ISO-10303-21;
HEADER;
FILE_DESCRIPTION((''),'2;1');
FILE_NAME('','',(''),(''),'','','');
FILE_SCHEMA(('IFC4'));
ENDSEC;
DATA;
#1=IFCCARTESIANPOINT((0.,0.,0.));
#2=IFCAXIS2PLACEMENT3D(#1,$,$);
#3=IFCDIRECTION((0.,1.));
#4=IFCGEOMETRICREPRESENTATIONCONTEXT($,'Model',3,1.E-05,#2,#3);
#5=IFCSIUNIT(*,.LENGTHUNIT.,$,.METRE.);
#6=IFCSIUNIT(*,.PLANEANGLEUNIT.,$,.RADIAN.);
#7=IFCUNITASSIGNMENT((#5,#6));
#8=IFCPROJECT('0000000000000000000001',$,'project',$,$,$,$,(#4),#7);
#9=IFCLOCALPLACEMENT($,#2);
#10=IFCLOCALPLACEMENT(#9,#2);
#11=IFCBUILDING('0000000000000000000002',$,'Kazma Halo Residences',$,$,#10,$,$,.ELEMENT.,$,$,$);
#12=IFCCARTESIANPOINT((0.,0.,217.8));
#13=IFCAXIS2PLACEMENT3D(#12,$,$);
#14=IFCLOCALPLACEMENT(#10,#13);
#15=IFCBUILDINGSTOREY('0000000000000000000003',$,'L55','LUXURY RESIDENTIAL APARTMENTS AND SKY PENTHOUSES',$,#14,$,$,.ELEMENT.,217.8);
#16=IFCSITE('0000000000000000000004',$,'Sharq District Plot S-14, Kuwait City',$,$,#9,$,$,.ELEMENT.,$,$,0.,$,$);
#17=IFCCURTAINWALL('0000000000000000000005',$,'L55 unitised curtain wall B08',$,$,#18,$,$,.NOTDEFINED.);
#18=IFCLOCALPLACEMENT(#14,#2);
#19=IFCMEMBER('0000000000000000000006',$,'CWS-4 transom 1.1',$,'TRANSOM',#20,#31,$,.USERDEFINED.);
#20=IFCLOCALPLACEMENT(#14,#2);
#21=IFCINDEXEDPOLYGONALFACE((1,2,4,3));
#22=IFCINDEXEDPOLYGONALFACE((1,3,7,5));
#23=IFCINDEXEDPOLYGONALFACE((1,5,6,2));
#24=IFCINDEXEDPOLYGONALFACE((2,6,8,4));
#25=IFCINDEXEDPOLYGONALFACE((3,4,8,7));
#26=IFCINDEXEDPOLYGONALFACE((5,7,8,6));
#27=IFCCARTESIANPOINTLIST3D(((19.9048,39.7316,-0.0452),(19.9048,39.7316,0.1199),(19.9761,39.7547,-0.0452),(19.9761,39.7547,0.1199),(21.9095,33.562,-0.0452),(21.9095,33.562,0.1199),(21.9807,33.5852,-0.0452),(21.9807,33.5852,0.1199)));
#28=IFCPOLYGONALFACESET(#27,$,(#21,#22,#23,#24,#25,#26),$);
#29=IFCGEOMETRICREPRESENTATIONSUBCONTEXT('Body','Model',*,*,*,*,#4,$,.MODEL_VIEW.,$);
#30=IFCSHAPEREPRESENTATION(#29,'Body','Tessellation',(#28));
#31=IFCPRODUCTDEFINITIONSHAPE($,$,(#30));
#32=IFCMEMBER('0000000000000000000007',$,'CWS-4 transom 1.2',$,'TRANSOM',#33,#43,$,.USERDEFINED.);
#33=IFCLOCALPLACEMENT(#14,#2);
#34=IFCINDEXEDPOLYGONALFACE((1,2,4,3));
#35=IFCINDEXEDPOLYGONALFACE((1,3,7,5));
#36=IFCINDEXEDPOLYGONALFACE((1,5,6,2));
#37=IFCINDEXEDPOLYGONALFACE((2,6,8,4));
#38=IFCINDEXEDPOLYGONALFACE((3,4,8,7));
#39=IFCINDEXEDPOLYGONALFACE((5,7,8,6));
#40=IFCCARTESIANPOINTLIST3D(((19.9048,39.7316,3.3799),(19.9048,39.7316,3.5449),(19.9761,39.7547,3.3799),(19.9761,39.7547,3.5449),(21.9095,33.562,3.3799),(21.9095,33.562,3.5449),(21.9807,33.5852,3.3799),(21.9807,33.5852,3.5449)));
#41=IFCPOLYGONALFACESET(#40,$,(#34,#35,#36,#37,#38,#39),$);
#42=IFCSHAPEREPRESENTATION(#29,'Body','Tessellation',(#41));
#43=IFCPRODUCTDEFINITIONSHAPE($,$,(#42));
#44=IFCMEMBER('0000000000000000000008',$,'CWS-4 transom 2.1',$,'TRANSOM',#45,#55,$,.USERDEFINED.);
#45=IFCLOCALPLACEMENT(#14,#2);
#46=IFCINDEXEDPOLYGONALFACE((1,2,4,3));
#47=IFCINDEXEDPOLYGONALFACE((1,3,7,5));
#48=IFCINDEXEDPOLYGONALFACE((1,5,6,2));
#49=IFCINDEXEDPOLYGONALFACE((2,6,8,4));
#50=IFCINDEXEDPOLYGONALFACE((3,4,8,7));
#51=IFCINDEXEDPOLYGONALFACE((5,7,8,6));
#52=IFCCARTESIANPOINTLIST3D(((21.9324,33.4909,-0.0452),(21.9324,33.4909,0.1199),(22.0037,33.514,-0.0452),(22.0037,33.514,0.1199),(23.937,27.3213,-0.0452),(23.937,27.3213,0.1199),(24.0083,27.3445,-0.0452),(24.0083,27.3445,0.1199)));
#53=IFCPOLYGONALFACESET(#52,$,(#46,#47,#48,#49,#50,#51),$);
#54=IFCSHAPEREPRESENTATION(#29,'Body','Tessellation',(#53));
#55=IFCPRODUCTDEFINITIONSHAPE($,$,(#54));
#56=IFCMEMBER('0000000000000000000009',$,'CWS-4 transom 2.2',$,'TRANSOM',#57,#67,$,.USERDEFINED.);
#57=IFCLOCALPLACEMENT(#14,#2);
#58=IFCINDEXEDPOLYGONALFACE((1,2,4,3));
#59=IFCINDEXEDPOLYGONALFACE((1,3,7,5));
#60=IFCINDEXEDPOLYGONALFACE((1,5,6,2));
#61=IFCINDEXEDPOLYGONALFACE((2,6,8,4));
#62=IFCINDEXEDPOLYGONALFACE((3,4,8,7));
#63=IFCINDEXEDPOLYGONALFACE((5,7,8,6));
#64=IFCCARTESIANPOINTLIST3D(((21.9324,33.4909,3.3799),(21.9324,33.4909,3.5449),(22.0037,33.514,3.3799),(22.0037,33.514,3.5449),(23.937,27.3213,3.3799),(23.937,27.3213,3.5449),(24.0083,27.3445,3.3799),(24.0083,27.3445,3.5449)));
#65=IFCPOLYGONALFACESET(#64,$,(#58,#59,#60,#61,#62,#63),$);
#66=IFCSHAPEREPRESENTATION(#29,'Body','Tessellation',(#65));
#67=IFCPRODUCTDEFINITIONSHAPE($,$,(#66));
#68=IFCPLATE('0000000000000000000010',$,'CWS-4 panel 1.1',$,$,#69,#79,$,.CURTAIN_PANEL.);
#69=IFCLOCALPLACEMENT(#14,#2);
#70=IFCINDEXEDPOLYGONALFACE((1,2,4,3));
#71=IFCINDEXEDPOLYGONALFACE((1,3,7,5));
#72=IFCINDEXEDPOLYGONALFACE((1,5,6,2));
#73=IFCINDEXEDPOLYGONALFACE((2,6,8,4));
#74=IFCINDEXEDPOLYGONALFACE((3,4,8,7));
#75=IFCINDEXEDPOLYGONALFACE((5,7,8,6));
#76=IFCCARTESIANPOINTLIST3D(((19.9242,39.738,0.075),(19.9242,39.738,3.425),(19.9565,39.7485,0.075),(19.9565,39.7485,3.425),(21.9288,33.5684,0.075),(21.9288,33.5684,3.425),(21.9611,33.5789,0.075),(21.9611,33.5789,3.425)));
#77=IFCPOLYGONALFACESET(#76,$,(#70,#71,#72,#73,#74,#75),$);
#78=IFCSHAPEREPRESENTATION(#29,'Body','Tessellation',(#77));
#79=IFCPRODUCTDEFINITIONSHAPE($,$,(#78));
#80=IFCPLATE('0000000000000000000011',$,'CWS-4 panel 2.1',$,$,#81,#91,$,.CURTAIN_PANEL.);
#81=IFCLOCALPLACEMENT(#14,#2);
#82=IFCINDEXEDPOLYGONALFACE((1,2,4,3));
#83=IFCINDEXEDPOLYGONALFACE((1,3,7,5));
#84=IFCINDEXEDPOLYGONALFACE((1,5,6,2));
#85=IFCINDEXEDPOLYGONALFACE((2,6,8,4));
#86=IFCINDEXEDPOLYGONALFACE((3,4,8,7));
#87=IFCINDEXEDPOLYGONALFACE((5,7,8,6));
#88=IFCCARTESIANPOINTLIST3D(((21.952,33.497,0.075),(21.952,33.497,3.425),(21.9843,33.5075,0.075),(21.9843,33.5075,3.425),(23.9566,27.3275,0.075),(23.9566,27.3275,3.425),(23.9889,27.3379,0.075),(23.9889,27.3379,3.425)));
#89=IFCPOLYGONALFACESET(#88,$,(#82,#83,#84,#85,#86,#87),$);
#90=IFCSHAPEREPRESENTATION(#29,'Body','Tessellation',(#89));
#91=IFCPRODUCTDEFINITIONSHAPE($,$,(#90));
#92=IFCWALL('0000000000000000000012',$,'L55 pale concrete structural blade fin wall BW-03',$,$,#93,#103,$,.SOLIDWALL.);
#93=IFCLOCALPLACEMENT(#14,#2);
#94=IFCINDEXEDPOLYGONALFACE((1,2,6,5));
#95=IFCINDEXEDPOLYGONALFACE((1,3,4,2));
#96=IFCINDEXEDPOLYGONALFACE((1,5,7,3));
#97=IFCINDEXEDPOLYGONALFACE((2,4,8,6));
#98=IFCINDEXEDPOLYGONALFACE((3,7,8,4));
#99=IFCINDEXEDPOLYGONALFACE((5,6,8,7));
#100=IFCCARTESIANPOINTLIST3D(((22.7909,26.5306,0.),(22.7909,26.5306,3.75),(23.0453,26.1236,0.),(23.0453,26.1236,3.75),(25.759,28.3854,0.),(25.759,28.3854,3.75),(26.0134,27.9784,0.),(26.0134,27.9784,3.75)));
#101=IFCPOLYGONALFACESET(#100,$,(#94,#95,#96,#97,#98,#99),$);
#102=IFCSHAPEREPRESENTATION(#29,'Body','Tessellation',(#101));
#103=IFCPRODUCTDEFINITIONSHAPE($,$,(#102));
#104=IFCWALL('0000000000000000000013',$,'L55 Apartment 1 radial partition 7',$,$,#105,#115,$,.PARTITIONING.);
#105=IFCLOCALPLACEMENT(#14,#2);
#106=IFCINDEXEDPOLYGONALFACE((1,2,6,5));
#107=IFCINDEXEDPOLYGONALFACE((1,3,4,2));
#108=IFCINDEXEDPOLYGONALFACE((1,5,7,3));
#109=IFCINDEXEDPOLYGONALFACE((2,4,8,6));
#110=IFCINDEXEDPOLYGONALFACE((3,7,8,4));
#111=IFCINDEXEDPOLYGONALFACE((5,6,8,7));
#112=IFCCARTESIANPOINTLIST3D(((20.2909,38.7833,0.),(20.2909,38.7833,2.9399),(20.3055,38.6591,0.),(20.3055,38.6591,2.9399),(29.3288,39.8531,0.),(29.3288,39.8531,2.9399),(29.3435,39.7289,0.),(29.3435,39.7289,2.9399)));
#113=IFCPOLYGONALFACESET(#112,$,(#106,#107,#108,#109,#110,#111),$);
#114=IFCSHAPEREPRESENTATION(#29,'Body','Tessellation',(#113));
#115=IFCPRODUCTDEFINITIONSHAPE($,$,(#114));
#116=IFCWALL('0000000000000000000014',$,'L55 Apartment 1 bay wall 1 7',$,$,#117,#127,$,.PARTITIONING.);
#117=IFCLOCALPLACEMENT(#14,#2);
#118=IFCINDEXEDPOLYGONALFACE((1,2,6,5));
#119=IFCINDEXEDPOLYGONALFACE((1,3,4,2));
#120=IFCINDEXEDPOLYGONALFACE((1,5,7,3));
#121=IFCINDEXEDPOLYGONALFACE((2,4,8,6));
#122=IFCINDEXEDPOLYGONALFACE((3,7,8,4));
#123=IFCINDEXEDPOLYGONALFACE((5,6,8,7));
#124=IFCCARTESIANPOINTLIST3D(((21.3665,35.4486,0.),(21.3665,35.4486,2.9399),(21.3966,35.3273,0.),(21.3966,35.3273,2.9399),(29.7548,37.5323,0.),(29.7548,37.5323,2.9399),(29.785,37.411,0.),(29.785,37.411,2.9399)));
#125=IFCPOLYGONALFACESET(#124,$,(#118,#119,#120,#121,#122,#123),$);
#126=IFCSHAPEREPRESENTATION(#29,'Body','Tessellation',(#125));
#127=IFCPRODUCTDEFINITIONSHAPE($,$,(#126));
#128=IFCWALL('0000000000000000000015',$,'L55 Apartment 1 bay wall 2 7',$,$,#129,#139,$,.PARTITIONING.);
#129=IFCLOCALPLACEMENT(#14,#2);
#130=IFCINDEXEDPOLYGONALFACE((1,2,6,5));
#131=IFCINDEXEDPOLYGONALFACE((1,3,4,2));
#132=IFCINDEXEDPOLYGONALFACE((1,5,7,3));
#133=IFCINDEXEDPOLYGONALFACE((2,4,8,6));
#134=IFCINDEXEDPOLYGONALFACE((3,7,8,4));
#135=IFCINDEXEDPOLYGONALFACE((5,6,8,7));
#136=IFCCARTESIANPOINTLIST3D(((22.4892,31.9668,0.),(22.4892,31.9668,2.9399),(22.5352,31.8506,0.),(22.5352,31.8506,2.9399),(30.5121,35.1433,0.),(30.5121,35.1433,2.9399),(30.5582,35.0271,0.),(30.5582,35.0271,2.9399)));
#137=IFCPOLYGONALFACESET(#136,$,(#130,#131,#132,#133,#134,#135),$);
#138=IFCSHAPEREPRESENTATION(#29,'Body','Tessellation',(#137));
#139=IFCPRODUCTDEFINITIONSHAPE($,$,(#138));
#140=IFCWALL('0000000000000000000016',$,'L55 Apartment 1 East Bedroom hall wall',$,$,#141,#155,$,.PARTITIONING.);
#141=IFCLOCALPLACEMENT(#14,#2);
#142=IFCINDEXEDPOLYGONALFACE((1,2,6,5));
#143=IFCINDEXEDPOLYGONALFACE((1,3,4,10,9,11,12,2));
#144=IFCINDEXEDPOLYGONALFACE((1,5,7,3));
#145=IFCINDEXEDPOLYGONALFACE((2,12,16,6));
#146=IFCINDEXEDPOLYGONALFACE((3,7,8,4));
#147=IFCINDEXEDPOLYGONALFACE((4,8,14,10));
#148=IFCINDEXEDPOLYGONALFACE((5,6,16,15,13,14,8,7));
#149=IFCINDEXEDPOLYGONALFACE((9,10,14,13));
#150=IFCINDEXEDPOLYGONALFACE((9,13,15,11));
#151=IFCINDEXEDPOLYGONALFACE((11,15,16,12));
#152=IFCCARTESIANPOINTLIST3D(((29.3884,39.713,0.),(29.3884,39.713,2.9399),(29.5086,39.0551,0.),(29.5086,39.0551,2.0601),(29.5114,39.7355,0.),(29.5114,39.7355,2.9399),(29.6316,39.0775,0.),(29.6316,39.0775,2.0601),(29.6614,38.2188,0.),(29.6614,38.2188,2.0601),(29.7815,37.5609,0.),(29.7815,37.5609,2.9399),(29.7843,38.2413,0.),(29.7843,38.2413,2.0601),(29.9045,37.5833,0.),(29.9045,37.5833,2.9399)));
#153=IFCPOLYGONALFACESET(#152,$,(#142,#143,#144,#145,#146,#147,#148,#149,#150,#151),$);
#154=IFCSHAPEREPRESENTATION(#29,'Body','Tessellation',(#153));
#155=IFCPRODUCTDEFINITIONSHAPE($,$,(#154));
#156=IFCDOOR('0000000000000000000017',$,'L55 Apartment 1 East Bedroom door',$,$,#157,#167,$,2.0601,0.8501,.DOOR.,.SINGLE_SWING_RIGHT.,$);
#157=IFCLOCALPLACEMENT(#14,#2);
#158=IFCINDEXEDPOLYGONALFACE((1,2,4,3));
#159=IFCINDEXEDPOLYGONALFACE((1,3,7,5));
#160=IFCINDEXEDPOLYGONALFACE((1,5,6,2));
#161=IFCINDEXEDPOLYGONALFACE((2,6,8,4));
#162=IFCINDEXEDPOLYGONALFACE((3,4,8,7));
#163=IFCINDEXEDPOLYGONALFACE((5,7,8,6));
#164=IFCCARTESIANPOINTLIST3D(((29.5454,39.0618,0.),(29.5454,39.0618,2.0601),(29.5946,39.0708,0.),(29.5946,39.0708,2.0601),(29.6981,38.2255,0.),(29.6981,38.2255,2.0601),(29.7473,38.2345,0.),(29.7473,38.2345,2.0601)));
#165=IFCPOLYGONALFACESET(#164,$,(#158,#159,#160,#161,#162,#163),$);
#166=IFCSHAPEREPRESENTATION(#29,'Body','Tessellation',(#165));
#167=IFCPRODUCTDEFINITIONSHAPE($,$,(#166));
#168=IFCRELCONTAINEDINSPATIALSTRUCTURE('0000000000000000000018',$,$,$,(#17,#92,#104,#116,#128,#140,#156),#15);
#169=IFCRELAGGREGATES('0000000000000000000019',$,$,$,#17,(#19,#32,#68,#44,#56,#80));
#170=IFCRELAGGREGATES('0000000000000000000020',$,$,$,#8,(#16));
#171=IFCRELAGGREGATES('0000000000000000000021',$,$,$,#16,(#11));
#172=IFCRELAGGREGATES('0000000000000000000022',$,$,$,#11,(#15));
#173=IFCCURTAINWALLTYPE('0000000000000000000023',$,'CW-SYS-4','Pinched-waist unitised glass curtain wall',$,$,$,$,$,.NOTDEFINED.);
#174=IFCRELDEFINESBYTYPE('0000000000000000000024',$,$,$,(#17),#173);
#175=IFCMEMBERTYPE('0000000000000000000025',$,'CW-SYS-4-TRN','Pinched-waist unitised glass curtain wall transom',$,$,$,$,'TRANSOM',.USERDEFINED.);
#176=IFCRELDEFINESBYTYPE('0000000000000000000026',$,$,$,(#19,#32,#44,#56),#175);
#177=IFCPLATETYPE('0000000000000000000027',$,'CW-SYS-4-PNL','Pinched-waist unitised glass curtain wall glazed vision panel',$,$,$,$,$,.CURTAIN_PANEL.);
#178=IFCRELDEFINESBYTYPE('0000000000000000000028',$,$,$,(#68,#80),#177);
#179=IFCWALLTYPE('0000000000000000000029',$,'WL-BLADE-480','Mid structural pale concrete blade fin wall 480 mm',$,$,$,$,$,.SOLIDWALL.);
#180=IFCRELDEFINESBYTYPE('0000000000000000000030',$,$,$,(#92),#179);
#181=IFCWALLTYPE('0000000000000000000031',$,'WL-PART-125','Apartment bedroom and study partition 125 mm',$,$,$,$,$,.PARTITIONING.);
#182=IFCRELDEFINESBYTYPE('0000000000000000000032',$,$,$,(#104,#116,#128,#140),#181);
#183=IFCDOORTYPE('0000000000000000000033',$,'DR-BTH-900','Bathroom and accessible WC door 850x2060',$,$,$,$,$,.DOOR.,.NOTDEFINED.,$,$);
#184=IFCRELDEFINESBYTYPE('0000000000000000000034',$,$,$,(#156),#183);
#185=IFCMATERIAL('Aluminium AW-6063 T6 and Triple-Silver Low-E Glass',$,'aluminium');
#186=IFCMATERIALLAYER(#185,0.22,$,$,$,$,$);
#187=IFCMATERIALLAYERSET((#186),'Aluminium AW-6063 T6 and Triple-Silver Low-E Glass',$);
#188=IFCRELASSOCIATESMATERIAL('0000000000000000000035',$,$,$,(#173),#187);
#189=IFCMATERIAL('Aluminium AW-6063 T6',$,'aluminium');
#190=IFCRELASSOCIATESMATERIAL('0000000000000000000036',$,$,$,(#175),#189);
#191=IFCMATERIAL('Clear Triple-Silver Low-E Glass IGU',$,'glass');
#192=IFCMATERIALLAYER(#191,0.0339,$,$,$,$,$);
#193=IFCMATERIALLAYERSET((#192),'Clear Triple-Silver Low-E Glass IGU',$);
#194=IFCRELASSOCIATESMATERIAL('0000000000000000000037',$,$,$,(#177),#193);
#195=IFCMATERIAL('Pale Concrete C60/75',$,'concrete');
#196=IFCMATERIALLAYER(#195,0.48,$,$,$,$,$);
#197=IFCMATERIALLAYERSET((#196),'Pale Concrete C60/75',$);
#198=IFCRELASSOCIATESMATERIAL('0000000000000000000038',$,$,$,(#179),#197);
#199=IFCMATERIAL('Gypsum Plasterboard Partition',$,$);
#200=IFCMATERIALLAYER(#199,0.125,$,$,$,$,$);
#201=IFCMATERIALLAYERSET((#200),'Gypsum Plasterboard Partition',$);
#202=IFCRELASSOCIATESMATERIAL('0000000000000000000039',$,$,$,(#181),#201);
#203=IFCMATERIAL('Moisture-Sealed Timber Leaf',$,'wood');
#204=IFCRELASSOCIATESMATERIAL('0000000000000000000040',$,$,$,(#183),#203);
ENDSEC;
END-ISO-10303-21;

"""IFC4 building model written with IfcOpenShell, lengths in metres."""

from ifc_helpers import new_model, si_unit, direction, frame, frame_2d, origin, origin_2d, place, context, subcontext, project, spatial, rectangle, extrude, material, layer, layer_set, material_profile, profile_set, type_object, element, fill, aggregate, save


model = new_model("IFC4")

# Units and contexts
model_context = context("Model", 3, precision=1e-05, world=origin(), true_north=direction((0.0, 1.0)))
body_context = subcontext(model_context, "Body", "Model", "MODEL_VIEW")
ifc_project = project(units=[si_unit("LENGTHUNIT", "METRE"), si_unit("PLANEANGLEUNIT", "RADIAN")], contexts=[model_context])

# Site, building, storey
site_placement = place(None, origin())
site = spatial("IfcSite", under=ifc_project, at=site_placement, Name="Sharq District Plot S-14, Kuwait City", CompositionType="ELEMENT", RefElevation=0.0)
building_placement = place(site_placement, origin())
building = spatial("IfcBuilding", under=site, at=building_placement, Name="Kazma Halo Residences", CompositionType="ELEMENT")
storey_placement = place(building_placement, frame((0.0, 0.0, 217.8)))
storey = spatial("IfcBuildingStorey", under=building, at=storey_placement, Name="L55", Description="LUXURY RESIDENTIAL APARTMENTS AND SKY PENTHOUSES", CompositionType="ELEMENT", Elevation=217.8)

# Curtain wall, members, plates
ifc_material_1 = material(Name="Aluminium AW-6063 T6 and Triple-Silver Low-E Glass", Category="aluminium")
ifc_layer_1 = layer(ifc_material_1, 0.22)
ifc_layer_set_1 = layer_set([ifc_layer_1], Name="Aluminium AW-6063 T6 and Triple-Silver Low-E Glass")
curtain_wall_type = type_object("IfcCurtainWallType", Name="CW-SYS-4", Description="Pinched-waist unitised glass curtain wall", PredefinedType="NOTDEFINED", material=ifc_layer_set_1)
curtain_wall_placement = place(storey_placement, origin())
curtain_wall = element("IfcCurtainWall", 1, at=curtain_wall_placement, inside=storey, type_object=curtain_wall_type, Name="L55 unitised curtain wall B08", PredefinedType="NOTDEFINED")
ifc_material_2 = material(Name="Aluminium AW-6063 T6", Category="aluminium")
ifc_material_profile_1 = material_profile(ifc_material_2, rectangle(XDim=0.075, YDim=0.165, at=origin_2d()), Name="CWT-75x165")
ifc_profile_set_1 = profile_set([ifc_material_profile_1], Name="Aluminium AW-6063 T6")
member_type_1 = type_object("IfcMemberType", Name="CW-SYS-4-TRN", Description="Pinched-waist unitised glass curtain wall transom", ElementType="TRANSOM", PredefinedType="USERDEFINED", material=ifc_profile_set_1)
member_1_placement = place(storey_placement, frame((19.9404, 39.7432, 0.0374), z_axis=(0.309027, -0.951053, 0.0), x_axis=(0.951053, 0.309027, 0.0)))
member_1 = element("IfcMember", 2, at=member_1_placement, type_object=member_type_1, Name="CWS-4 transom 1.1", ObjectType="TRANSOM", PredefinedType="USERDEFINED", context=body_context, shape_type="SweptSolid", body=[
    extrude(rectangle(XDim=0.075, YDim=0.165, at=origin_2d()), origin(), (0.0, 0.0, 1.0), 6.4871),
])
member_2_placement = place(storey_placement, frame((19.9404, 39.7432, 3.4624), z_axis=(0.309027, -0.951053, 0.0), x_axis=(0.951053, 0.309027, 0.0)))
member_2 = element("IfcMember", 3, at=member_2_placement, type_object=member_type_1, Name="CWS-4 transom 1.2", ObjectType="TRANSOM", PredefinedType="USERDEFINED", context=body_context, shape_type="SweptSolid", body=[
    extrude(rectangle(XDim=0.075, YDim=0.165, at=origin_2d()), origin(), (0.0, 0.0, 1.0), 6.4871),
])
member_3_placement = place(storey_placement, frame((21.968, 33.5024, 0.0374), z_axis=(0.309015, -0.951057, 0.0), x_axis=(0.951057, 0.309015, 0.0)))
member_3 = element("IfcMember", 4, at=member_3_placement, type_object=member_type_1, Name="CWS-4 transom 2.1", ObjectType="TRANSOM", PredefinedType="USERDEFINED", context=body_context, shape_type="SweptSolid", body=[
    extrude(rectangle(XDim=0.075, YDim=0.165, at=origin_2d()), origin(), (0.0, 0.0, 1.0), 6.4871),
])
member_4_placement = place(storey_placement, frame((21.968, 33.5024, 3.4624), z_axis=(0.309015, -0.951057, 0.0), x_axis=(0.951057, 0.309015, 0.0)))
member_4 = element("IfcMember", 5, at=member_4_placement, type_object=member_type_1, Name="CWS-4 transom 2.2", ObjectType="TRANSOM", PredefinedType="USERDEFINED", context=body_context, shape_type="SweptSolid", body=[
    extrude(rectangle(XDim=0.075, YDim=0.165, at=origin_2d()), origin(), (0.0, 0.0, 1.0), 6.4871),
])
ifc_material_3 = material(Name="Clear Triple-Silver Low-E Glass IGU", Category="glass")
ifc_layer_2 = layer(ifc_material_3, 0.0339)
ifc_layer_set_2 = layer_set([ifc_layer_2], Name="Clear Triple-Silver Low-E Glass IGU")
plate_type = type_object("IfcPlateType", Name="CW-SYS-4-PNL", Description="Pinched-waist unitised glass curtain wall glazed vision panel", PredefinedType="CURTAIN_PANEL", material=ifc_layer_set_2)
plate_1_placement = place(storey_placement, frame((20.9426, 36.6584, 0.075), z_axis=(0.0, 0.0, 1.0), x_axis=(0.309016, -0.951057, 0.0)))
plate_1 = element("IfcPlate", 6, at=plate_1_placement, type_object=plate_type, Name="CWS-4 panel 1.1", PredefinedType="CURTAIN_PANEL", context=body_context, shape_type="SweptSolid", body=[
    extrude(rectangle(XDim=6.4871, YDim=0.0339, at=origin_2d()), origin(), (0.0, 0.0, 1.0), 3.3501),
])
plate_2_placement = place(storey_placement, frame((22.9705, 30.4175, 0.075), z_axis=(0.0, 0.0, 1.0), x_axis=(0.309016, -0.951057, 0.0)))
plate_2 = element("IfcPlate", 7, at=plate_2_placement, type_object=plate_type, Name="CWS-4 panel 2.1", PredefinedType="CURTAIN_PANEL", context=body_context, shape_type="SweptSolid", body=[
    extrude(rectangle(XDim=6.4871, YDim=0.0339, at=origin_2d()), origin(), (0.0, 0.0, 1.0), 3.3501),
])
aggregate(curtain_wall, [member_1, member_2, plate_1, member_3, member_4, plate_2])

# Walls
ifc_material_4 = material(Name="Pale Concrete C60/75", Category="concrete")
ifc_layer_3 = layer(ifc_material_4, 0.48)
ifc_layer_set_3 = layer_set([ifc_layer_3], Name="Pale Concrete C60/75")
wall_type_1 = type_object("IfcWallType", Name="WL-BLADE-480", Description="Mid structural pale concrete blade fin wall 480 mm", PredefinedType="SOLIDWALL", material=ifc_layer_set_3)
wall_1_placement = place(storey_placement, frame((25.8862, 28.1819, 0.0), z_axis=(0.0, 0.0, 1.0), x_axis=(-0.848034, -0.529943, 0.0)))
element("IfcWall", 8, at=wall_1_placement, inside=storey, type_object=wall_type_1, Name="L55 pale concrete structural blade fin wall BW-03", PredefinedType="SOLIDWALL", context=body_context, shape_type="SweptSolid", body=[
    extrude(rectangle(XDim=3.5, YDim=0.48, at=frame_2d((1.75, 0.0))), origin(), (0.0, 0.0, 1.0), 3.75),
])
ifc_material_5 = material(Name="Gypsum Plasterboard Partition")
ifc_layer_4 = layer(ifc_material_5, 0.125)
ifc_layer_set_4 = layer_set([ifc_layer_4], Name="Gypsum Plasterboard Partition")
wall_type_2 = type_object("IfcWallType", Name="WL-PART-125", Description="Apartment bedroom and study partition 125 mm", PredefinedType="PARTITIONING", material=ifc_layer_set_4)
wall_2_placement = place(storey_placement, frame((29.3362, 39.791, 0.0), z_axis=(0.0, 0.0, 1.0), x_axis=(-0.993067, -0.117548, 0.0)))
element("IfcWall", 9, at=wall_2_placement, inside=storey, type_object=wall_type_2, Name="L55 Apartment 1 radial partition 7", PredefinedType="PARTITIONING", context=body_context, shape_type="SweptSolid", body=[
    extrude(rectangle(XDim=9.1011, YDim=0.125, at=frame_2d((4.5505, 0.0))), origin(), (0.0, 0.0, 1.0), 2.9399),
])
wall_3_placement = place(storey_placement, frame((29.77, 37.4717, 0.0), z_axis=(0.0, 0.0, 1.0), x_axis=(-0.970505, -0.24108, 0.0)))
element("IfcWall", 10, at=wall_3_placement, inside=storey, type_object=wall_type_2, Name="L55 Apartment 1 bay wall 1 7", PredefinedType="PARTITIONING", context=body_context, shape_type="SweptSolid", body=[
    extrude(rectangle(XDim=8.6433, YDim=0.125, at=frame_2d((4.3218, 0.0))), origin(), (0.0, 0.0, 1.0), 2.9399),
])
wall_4_placement = place(storey_placement, frame((30.5352, 35.0852, 0.0), z_axis=(0.0, 0.0, 1.0), x_axis=(-0.929776, -0.368125, 0.0)))
element("IfcWall", 11, at=wall_4_placement, inside=storey, type_object=wall_type_2, Name="L55 Apartment 1 bay wall 2 7", PredefinedType="PARTITIONING", context=body_context, shape_type="SweptSolid", body=[
    extrude(rectangle(XDim=8.6289, YDim=0.125, at=frame_2d((4.3145, 0.0))), origin(), (0.0, 0.0, 1.0), 2.9399),
])

# Wall, opening, door
wall_5_placement = place(storey_placement, frame((29.45, 39.7241, 0.0), z_axis=(0.0, 0.0, 1.0), x_axis=(0.179671, -0.983727, 0.0)))
wall_5 = element("IfcWall", 12, at=wall_5_placement, inside=storey, type_object=wall_type_2, Name="L55 Apartment 1 East Bedroom hall wall", PredefinedType="PARTITIONING", context=body_context, shape_type="SweptSolid", body=[
    extrude(rectangle(XDim=2.1877, YDim=0.125, at=frame_2d((1.0938, 0.0))), origin(), (0.0, 0.0, 1.0), 2.9399),
])
opening_1_placement = place(wall_5_placement, frame((0.6687, 0.0, 0.0)))
opening_1 = element("IfcOpeningElement", 13, at=opening_1_placement, cuts=wall_5, PredefinedType="OPENING", context=body_context, shape_type="SweptSolid", body=[
    extrude(rectangle(XDim=0.8501, YDim=2.0601, at=frame_2d((0.425, 1.03))), frame((0.0, 0.0725, 0.0), z_axis=(0.0, -1.0, 0.0), x_axis=(1.0, 0.0, 0.0)), (0.0, 0.0, 1.0), 0.145),
])
ifc_material_6 = material(Name="Moisture-Sealed Timber Leaf", Category="wood")
door_type = type_object("IfcDoorType", Name="DR-BTH-900", Description="Bathroom and accessible WC door 850x2060", OperationType="NOTDEFINED", PredefinedType="DOOR", material=ifc_material_6)
door_1_placement = place(opening_1_placement, origin())
door_1 = element("IfcDoor", 14, at=door_1_placement, inside=storey, type_object=door_type, Name="L55 Apartment 1 East Bedroom door", OperationType="SINGLE_SWING_RIGHT", OverallHeight=2.0601, OverallWidth=0.8501, PredefinedType="DOOR", context=body_context, shape_type="SweptSolid", body=[
    extrude(rectangle(XDim=0.8501, YDim=2.0601, at=frame_2d((0.425, 1.03))), frame((0.0, 0.0249, 0.0), z_axis=(0.0, -1.0, 0.0), x_axis=(1.0, 0.0, 0.0)), (0.0, 0.0, 1.0), 0.05),
])
fill(opening_1, door_1)

save(model, "model.ifc")
